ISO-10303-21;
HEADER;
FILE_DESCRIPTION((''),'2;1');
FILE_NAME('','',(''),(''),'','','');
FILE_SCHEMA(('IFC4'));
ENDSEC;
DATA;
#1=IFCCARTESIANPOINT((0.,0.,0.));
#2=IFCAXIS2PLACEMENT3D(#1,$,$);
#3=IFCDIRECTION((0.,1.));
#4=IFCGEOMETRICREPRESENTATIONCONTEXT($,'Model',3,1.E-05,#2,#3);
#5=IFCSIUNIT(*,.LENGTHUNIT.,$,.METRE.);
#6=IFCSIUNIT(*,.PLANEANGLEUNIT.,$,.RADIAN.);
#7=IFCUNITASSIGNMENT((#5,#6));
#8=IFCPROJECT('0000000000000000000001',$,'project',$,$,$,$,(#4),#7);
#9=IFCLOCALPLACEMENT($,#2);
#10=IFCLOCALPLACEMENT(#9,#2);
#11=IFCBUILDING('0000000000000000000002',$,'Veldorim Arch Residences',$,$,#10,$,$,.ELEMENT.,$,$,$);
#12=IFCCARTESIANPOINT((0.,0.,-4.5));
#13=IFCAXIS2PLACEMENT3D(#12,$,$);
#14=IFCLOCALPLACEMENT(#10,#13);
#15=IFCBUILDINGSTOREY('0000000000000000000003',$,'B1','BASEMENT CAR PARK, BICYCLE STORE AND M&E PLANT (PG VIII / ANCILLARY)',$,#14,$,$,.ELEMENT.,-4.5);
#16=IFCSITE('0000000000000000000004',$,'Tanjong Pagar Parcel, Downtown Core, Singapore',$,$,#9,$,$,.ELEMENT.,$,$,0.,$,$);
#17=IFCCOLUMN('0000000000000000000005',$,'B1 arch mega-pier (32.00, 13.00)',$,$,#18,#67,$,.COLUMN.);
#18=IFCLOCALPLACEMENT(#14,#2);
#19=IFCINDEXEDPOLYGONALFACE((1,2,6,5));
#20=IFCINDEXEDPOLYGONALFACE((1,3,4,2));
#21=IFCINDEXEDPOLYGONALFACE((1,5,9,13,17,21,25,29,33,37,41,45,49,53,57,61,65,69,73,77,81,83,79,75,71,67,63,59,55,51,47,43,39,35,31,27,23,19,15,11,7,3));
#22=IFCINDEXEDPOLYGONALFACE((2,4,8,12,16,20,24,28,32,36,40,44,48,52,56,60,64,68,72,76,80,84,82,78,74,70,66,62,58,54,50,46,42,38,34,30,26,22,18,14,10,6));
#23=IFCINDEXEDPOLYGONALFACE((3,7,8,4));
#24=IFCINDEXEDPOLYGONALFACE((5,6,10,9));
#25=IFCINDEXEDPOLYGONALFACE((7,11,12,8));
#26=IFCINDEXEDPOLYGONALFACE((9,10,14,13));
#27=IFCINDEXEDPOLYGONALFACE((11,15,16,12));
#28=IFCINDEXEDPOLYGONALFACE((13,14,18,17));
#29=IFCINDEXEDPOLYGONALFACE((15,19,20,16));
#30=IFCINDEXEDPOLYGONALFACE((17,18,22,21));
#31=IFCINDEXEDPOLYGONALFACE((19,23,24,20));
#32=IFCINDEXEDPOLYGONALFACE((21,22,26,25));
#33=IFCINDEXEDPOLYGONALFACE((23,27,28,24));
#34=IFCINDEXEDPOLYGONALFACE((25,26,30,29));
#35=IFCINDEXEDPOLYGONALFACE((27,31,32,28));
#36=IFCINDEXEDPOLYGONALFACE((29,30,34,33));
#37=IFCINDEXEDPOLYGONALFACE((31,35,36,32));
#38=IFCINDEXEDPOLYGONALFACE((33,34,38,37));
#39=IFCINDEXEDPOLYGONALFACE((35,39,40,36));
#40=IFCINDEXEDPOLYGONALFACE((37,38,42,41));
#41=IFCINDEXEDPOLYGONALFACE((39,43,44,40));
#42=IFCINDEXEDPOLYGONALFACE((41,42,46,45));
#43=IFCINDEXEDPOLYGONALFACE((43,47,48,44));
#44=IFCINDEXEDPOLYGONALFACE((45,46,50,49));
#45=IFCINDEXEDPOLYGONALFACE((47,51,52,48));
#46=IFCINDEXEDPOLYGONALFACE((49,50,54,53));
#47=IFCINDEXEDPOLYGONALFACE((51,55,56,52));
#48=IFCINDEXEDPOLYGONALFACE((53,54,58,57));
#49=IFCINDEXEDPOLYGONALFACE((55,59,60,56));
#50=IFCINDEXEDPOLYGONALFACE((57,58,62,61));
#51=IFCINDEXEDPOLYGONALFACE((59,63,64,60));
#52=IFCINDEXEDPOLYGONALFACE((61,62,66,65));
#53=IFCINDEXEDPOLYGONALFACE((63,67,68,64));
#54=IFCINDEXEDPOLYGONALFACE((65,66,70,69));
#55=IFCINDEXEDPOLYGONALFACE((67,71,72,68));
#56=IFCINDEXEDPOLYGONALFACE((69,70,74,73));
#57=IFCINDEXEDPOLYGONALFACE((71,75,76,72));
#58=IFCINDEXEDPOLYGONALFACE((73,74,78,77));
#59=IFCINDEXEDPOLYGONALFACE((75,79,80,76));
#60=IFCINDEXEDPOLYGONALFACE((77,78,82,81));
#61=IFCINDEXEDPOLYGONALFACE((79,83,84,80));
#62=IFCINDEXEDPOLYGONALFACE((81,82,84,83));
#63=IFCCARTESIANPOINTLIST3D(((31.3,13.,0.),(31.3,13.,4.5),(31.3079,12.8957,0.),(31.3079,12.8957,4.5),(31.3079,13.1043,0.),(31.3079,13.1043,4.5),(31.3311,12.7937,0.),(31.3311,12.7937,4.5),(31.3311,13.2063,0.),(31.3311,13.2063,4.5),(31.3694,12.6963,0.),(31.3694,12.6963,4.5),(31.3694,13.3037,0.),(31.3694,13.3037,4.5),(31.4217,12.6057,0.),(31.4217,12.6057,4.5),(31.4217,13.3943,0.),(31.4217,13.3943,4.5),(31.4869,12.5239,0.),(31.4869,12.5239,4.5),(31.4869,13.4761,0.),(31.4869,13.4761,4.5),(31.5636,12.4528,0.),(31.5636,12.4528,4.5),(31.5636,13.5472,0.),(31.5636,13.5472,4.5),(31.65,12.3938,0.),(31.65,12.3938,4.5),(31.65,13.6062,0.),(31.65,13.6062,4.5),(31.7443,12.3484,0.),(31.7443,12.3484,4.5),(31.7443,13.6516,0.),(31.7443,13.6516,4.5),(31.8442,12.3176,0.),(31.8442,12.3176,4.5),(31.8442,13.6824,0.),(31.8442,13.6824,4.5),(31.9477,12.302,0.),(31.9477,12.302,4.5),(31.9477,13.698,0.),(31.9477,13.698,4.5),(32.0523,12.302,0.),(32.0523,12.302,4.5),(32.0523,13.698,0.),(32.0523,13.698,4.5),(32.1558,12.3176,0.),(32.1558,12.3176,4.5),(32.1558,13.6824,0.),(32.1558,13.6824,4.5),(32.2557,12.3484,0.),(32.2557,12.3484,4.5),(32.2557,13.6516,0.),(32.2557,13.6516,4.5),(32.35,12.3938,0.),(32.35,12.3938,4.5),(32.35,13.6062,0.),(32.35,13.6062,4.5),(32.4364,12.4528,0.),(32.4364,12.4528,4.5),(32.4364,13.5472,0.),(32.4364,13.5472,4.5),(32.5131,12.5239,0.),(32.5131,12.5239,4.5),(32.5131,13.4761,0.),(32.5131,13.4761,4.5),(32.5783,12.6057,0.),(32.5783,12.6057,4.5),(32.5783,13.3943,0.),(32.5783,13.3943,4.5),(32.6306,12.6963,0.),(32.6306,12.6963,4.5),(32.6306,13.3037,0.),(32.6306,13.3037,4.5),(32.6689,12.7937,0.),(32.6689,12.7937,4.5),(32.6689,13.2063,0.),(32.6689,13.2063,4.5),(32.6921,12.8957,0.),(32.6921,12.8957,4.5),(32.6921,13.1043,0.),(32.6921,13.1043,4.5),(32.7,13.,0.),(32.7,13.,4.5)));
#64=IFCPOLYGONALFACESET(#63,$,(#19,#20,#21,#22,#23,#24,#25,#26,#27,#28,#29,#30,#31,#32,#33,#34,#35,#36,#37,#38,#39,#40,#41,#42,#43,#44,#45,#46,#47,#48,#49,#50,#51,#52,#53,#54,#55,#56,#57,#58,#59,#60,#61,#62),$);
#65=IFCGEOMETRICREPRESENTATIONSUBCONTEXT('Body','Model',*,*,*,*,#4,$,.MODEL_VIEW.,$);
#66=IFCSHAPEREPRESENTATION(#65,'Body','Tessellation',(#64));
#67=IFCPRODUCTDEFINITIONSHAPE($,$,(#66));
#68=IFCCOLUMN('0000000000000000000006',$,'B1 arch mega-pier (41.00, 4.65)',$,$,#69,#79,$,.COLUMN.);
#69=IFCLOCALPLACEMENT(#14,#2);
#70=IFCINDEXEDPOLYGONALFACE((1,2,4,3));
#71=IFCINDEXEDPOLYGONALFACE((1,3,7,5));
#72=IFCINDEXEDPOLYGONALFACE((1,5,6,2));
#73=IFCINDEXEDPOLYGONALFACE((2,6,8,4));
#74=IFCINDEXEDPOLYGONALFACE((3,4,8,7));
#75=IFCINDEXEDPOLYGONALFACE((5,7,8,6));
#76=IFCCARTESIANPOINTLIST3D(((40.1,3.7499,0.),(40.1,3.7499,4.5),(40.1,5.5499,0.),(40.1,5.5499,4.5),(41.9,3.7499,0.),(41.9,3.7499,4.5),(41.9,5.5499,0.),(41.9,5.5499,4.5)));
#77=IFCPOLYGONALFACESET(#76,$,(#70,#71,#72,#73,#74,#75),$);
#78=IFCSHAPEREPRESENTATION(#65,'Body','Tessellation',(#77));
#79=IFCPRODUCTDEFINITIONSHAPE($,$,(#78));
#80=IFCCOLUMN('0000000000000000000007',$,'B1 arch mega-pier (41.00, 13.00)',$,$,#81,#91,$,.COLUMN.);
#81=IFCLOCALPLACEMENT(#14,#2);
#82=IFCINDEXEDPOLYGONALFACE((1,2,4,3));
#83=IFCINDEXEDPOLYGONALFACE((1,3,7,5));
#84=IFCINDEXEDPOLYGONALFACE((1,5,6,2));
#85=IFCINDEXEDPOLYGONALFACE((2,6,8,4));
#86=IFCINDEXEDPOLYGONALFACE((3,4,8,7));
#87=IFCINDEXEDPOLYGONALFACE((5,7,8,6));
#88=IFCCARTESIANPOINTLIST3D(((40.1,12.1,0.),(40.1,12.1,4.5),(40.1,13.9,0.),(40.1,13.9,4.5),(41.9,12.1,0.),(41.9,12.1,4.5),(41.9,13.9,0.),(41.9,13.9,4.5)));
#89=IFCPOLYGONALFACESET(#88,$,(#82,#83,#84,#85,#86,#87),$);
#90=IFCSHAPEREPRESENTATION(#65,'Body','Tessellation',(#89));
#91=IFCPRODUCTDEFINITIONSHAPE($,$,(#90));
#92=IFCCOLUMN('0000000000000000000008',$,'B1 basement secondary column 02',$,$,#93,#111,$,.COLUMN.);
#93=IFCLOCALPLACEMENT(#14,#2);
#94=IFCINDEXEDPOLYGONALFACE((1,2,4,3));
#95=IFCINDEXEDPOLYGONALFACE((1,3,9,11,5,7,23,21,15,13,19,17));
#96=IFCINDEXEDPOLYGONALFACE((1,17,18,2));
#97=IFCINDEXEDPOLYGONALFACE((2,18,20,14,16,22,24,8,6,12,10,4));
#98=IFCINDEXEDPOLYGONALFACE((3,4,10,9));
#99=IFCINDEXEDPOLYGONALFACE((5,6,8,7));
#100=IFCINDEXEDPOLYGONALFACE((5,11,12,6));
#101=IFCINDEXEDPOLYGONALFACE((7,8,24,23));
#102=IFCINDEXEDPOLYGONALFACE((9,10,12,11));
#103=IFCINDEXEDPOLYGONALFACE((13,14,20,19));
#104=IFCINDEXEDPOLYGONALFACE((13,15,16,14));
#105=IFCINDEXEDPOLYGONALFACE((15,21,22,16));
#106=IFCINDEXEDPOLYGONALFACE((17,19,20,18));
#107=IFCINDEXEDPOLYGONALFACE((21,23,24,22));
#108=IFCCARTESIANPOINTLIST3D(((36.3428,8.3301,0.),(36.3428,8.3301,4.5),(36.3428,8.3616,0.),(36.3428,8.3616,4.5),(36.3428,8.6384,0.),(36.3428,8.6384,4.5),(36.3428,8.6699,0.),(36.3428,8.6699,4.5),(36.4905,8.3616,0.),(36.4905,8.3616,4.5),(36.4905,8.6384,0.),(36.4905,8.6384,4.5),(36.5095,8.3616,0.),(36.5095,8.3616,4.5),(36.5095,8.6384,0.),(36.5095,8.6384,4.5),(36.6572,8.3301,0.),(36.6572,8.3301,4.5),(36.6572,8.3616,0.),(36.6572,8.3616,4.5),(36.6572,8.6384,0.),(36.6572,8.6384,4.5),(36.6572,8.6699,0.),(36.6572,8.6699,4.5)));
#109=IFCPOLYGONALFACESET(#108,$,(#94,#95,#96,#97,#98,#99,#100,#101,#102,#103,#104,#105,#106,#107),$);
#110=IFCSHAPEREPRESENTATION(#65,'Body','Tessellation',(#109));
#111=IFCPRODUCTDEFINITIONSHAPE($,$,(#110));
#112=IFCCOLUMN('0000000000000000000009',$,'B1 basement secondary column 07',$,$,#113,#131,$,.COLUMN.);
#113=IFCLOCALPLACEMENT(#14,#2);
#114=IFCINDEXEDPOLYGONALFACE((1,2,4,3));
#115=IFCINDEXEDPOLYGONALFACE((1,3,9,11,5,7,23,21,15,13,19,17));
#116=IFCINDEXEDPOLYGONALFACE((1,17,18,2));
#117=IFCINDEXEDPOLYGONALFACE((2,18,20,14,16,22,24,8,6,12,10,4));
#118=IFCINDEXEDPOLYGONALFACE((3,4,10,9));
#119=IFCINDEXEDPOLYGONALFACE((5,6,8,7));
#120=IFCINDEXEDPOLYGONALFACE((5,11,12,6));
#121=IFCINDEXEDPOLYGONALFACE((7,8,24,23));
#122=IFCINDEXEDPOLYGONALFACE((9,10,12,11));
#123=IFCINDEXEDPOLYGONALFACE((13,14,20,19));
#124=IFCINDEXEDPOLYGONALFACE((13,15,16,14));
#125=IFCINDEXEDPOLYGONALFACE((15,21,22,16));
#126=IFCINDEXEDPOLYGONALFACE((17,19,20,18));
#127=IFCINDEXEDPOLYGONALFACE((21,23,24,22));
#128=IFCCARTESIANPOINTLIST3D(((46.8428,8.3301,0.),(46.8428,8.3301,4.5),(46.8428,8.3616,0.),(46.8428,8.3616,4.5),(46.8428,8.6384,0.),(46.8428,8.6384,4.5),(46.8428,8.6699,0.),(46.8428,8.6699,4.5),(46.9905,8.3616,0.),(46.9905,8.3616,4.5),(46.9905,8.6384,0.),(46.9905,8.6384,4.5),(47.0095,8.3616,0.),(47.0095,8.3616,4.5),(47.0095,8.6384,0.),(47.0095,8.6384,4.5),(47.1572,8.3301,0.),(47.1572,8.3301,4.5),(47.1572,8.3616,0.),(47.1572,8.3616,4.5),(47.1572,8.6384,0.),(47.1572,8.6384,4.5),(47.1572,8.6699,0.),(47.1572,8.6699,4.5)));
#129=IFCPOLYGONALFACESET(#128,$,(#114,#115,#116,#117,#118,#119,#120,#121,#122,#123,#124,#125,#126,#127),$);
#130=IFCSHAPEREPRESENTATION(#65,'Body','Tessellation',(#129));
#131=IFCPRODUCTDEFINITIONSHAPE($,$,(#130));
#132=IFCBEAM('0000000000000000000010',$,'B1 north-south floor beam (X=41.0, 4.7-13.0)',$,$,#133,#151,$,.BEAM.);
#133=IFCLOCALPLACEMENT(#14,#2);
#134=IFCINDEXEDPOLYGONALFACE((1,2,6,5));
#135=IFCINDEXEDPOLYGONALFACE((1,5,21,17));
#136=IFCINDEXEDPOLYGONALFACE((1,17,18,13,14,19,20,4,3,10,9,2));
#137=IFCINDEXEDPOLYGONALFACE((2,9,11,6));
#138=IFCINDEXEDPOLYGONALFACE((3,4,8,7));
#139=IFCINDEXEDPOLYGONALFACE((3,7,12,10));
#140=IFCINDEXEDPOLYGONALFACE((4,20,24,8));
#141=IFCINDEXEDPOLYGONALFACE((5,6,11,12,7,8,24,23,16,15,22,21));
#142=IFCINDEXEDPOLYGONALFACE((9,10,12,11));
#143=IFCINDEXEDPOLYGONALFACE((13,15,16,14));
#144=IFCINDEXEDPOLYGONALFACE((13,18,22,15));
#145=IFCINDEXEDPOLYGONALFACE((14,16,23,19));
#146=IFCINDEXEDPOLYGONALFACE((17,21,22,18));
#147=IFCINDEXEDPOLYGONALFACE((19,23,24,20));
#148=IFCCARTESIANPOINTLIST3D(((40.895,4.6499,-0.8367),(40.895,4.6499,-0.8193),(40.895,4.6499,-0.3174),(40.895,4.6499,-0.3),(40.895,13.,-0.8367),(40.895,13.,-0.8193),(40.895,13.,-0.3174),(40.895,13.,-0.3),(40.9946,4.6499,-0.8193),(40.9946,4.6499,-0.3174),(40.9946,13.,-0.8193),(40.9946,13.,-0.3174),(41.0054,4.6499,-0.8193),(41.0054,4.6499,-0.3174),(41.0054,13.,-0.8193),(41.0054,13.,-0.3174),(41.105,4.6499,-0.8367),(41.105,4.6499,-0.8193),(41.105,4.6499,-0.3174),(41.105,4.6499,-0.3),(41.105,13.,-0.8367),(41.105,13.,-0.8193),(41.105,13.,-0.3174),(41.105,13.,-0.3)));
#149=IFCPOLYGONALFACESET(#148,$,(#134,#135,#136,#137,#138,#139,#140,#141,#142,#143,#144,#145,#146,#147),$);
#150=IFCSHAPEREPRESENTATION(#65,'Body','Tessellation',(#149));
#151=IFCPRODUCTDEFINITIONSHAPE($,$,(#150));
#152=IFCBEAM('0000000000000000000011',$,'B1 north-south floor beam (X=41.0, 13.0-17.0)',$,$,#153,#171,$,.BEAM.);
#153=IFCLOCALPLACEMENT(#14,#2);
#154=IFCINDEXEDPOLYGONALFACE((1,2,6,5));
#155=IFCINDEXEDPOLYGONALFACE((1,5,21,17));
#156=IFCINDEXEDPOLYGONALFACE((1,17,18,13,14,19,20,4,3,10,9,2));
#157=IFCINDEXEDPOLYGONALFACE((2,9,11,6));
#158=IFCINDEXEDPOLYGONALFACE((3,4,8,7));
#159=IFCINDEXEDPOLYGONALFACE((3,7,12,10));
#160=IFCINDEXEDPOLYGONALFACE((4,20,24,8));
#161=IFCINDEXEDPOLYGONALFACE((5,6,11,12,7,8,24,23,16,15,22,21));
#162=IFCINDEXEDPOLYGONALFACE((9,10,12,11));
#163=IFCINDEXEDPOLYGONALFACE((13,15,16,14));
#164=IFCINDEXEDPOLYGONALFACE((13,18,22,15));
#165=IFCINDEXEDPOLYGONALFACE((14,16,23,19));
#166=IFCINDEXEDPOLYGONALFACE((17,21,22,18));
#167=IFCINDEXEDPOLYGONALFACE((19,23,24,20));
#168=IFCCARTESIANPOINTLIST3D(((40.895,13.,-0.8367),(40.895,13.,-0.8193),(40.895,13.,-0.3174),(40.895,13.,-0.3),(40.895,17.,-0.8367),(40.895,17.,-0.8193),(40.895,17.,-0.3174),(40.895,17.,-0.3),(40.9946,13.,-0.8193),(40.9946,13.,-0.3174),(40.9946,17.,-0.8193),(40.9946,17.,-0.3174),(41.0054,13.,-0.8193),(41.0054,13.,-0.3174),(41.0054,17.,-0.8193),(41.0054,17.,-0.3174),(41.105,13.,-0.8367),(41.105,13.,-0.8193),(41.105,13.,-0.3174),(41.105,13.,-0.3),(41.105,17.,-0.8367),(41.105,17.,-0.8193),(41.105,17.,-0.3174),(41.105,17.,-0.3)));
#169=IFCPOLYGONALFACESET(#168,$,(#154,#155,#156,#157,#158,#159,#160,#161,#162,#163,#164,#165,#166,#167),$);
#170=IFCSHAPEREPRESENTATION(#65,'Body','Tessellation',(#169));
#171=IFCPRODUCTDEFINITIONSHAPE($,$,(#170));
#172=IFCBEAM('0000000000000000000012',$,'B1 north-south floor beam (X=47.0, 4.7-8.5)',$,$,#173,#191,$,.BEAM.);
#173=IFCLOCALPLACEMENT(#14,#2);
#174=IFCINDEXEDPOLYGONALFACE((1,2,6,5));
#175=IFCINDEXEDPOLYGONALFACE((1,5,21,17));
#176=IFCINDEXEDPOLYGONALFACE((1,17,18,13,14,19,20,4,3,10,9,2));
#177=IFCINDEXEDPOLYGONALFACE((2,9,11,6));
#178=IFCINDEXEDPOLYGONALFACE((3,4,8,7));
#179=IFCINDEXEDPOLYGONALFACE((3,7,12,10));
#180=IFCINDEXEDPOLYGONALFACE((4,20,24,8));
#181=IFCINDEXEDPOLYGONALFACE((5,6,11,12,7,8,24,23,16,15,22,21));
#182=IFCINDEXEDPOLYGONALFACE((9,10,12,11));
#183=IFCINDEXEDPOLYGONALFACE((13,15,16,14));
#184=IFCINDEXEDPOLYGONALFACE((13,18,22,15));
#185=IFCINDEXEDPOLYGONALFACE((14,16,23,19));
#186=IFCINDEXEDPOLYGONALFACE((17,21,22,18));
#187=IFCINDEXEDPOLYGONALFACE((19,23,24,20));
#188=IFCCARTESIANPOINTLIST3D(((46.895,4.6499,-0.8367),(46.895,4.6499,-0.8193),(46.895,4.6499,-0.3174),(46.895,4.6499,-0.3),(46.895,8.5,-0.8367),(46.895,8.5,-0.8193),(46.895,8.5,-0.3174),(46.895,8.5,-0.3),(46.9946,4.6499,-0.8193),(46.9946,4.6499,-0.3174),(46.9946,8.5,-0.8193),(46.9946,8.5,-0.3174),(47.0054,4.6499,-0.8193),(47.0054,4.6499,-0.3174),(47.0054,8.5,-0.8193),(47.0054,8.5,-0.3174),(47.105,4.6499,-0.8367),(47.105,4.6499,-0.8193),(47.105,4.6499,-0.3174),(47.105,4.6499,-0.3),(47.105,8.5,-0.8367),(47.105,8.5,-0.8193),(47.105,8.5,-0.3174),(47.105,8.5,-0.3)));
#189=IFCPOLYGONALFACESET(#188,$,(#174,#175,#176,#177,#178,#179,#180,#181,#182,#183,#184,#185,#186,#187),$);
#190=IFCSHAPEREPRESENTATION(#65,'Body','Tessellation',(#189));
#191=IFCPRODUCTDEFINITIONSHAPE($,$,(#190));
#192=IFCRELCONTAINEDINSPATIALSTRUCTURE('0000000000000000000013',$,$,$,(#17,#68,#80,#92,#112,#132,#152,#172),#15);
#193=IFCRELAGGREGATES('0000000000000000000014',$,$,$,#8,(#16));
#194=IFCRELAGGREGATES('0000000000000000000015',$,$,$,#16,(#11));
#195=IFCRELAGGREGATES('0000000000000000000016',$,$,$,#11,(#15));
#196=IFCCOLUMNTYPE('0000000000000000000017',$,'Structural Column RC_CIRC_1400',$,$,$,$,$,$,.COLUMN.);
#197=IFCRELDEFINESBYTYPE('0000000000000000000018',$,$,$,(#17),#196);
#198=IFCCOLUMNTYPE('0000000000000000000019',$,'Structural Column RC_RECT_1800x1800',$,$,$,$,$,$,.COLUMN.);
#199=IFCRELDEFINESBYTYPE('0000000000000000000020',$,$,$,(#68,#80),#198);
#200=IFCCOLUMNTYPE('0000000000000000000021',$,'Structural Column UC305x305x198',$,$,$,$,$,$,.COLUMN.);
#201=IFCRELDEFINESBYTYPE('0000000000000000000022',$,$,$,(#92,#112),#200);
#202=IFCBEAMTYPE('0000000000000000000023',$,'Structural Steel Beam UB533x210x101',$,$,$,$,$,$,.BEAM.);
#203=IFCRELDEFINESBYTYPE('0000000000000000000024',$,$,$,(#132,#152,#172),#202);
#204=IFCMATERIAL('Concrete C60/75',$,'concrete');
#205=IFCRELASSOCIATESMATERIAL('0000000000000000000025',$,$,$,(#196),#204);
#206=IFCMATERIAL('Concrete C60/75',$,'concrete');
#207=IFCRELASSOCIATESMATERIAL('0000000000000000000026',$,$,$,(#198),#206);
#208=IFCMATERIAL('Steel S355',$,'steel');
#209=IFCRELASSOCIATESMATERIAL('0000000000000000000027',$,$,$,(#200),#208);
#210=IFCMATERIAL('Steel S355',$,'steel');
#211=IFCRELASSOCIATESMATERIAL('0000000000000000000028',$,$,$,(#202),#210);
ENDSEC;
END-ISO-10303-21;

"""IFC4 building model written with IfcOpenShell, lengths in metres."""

from ifc_helpers import new_model, si_unit, direction, frame, origin, origin_2d, place, context, subcontext, project, spatial, rectangle, circle, i_section, extrude, material, material_profile, profile_set, type_object, element, save


model = new_model("IFC4")

# Units and contexts
model_context = context("Model", 3, precision=1e-05, world=origin(), true_north=direction((0.0, 1.0)))
body_context = subcontext(model_context, "Body", "Model", "MODEL_VIEW")
ifc_project = project(units=[si_unit("LENGTHUNIT", "METRE"), si_unit("PLANEANGLEUNIT", "RADIAN")], contexts=[model_context])

# Site, building, storey
site_placement = place(None, origin())
site = spatial("IfcSite", under=ifc_project, at=site_placement, Name="Tanjong Pagar Parcel, Downtown Core, Singapore", CompositionType="ELEMENT", RefElevation=0.0)
building_placement = place(site_placement, origin())
building = spatial("IfcBuilding", under=site, at=building_placement, Name="Veldorim Arch Residences", CompositionType="ELEMENT")
storey_placement = place(building_placement, frame((0.0, 0.0, -4.5)))
storey = spatial("IfcBuildingStorey", under=building, at=storey_placement, Name="B1", Description="BASEMENT CAR PARK, BICYCLE STORE AND M&E PLANT (PG VIII / ANCILLARY)", CompositionType="ELEMENT", Elevation=-4.5)

# Columns
ifc_material_1 = material(Name="Concrete C60/75", Category="concrete")
ifc_material_profile_1 = material_profile(ifc_material_1, circle(Radius=0.7, at=origin_2d()), Name="RC_CIRC_1400")
ifc_profile_set_1 = profile_set([ifc_material_profile_1], Name="Concrete C60/75")
column_type_1 = type_object("IfcColumnType", Name="Structural Column RC_CIRC_1400", PredefinedType="COLUMN", material=ifc_profile_set_1)
for number, where, z_axis, x_axis, name in (
    (1, (32.0, 13.0, 0.0), (0.0, 0.0, 1.0), (1.0, 0.0, 0.0), "B1 arch mega-pier (32.00, 13.00)"),
):
    element("IfcColumn", number, at=place(storey_placement, frame(where, z_axis=z_axis, x_axis=x_axis)), inside=storey, type_object=column_type_1, Name=name, PredefinedType="COLUMN", context=body_context, shape_type="SweptSolid", body=[
        extrude(circle(Radius=0.7, at=origin_2d()), origin(), (0.0, 0.0, 1.0), 4.5),
    ])
ifc_material_2 = material(Name="Concrete C60/75", Category="concrete")
ifc_material_profile_2 = material_profile(ifc_material_2, rectangle(XDim=1.8, YDim=1.8, at=origin_2d()), Name="RC_RECT_1800x1800")
ifc_profile_set_2 = profile_set([ifc_material_profile_2], Name="Concrete C60/75")
column_type_2 = type_object("IfcColumnType", Name="Structural Column RC_RECT_1800x1800", PredefinedType="COLUMN", material=ifc_profile_set_2)
for number, where, z_axis, x_axis, name in (
    (2, (41.0, 4.6499, 0.0), (0.0, 0.0, 1.0), (1.0, 0.0, 0.0), "B1 arch mega-pier (41.00, 4.65)"),
    (3, (41.0, 13.0, 0.0), (0.0, 0.0, 1.0), (1.0, 0.0, 0.0), "B1 arch mega-pier (41.00, 13.00)"),
):
    element("IfcColumn", number, at=place(storey_placement, frame(where, z_axis=z_axis, x_axis=x_axis)), inside=storey, type_object=column_type_2, Name=name, PredefinedType="COLUMN", context=body_context, shape_type="SweptSolid", body=[
        extrude(rectangle(XDim=1.8, YDim=1.8, at=origin_2d()), origin(), (0.0, 0.0, 1.0), 4.5),
    ])
ifc_material_3 = material(Name="Steel S355", Category="steel")
ifc_material_profile_3 = material_profile(ifc_material_3, i_section(OverallWidth=0.3145, OverallDepth=0.3398, WebThickness=0.019, FlangeThickness=0.0315, at=origin_2d()), Name="UC305x305x198")
ifc_profile_set_3 = profile_set([ifc_material_profile_3], Name="Steel S355")
column_type_3 = type_object("IfcColumnType", Name="Structural Column UC305x305x198", PredefinedType="COLUMN", material=ifc_profile_set_3)
for number, where, z_axis, x_axis, name in (
    (4, (36.5, 8.5, 0.0), (0.0, 0.0, 1.0), (1.0, 0.0, 0.0), "B1 basement secondary column 02"),
    (5, (47.0, 8.5, 0.0), (0.0, 0.0, 1.0), (1.0, 0.0, 0.0), "B1 basement secondary column 07"),
):
    element("IfcColumn", number, at=place(storey_placement, frame(where, z_axis=z_axis, x_axis=x_axis)), inside=storey, type_object=column_type_3, Name=name, PredefinedType="COLUMN", context=body_context, shape_type="SweptSolid", body=[
        extrude(i_section(OverallWidth=0.3145, OverallDepth=0.3398, WebThickness=0.019, FlangeThickness=0.0315, at=origin_2d()), origin(), (0.0, 0.0, 1.0), 4.5),
    ])

# Beams
ifc_material_4 = material(Name="Steel S355", Category="steel")
ifc_material_profile_4 = material_profile(ifc_material_4, i_section(OverallWidth=0.21, OverallDepth=0.5366, WebThickness=0.0107, FlangeThickness=0.0173, at=origin_2d()), Name="UB533x210x101")
ifc_profile_set_4 = profile_set([ifc_material_profile_4], Name="Steel S355")
beam_type_1 = type_object("IfcBeamType", Name="Structural Steel Beam UB533x210x101", PredefinedType="BEAM", material=ifc_profile_set_4)
beam_1_placement = place(storey_placement, frame((41.0, 4.6499, -0.5684), z_axis=(0.0, 1.0, 0.0), x_axis=(-1.0, 0.0, 0.0)))
element("IfcBeam", 6, at=beam_1_placement, inside=storey, type_object=beam_type_1, Name="B1 north-south floor beam (X=41.0, 4.7-13.0)", PredefinedType="BEAM", context=body_context, shape_type="SweptSolid", body=[
    extrude(i_section(OverallWidth=0.21, OverallDepth=0.5366, WebThickness=0.0107, FlangeThickness=0.0173, at=origin_2d()), origin(), (0.0, 0.0, 1.0), 8.3501),
])
beam_2_placement = place(storey_placement, frame((41.0, 13.0, -0.5684), z_axis=(0.0, 1.0, 0.0), x_axis=(-1.0, 0.0, 0.0)))
element("IfcBeam", 7, at=beam_2_placement, inside=storey, type_object=beam_type_1, Name="B1 north-south floor beam (X=41.0, 13.0-17.0)", PredefinedType="BEAM", context=body_context, shape_type="SweptSolid", body=[
    extrude(i_section(OverallWidth=0.21, OverallDepth=0.5366, WebThickness=0.0107, FlangeThickness=0.0173, at=origin_2d()), origin(), (0.0, 0.0, 1.0), 4.0),
])
beam_3_placement = place(storey_placement, frame((47.0, 4.6499, -0.5684), z_axis=(0.0, 1.0, 0.0), x_axis=(-1.0, 0.0, 0.0)))
element("IfcBeam", 8, at=beam_3_placement, inside=storey, type_object=beam_type_1, Name="B1 north-south floor beam (X=47.0, 4.7-8.5)", PredefinedType="BEAM", context=body_context, shape_type="SweptSolid", body=[
    extrude(i_section(OverallWidth=0.21, OverallDepth=0.5366, WebThickness=0.0107, FlangeThickness=0.0173, at=origin_2d()), origin(), (0.0, 0.0, 1.0), 3.8501),
])

save(model, "model.ifc")
